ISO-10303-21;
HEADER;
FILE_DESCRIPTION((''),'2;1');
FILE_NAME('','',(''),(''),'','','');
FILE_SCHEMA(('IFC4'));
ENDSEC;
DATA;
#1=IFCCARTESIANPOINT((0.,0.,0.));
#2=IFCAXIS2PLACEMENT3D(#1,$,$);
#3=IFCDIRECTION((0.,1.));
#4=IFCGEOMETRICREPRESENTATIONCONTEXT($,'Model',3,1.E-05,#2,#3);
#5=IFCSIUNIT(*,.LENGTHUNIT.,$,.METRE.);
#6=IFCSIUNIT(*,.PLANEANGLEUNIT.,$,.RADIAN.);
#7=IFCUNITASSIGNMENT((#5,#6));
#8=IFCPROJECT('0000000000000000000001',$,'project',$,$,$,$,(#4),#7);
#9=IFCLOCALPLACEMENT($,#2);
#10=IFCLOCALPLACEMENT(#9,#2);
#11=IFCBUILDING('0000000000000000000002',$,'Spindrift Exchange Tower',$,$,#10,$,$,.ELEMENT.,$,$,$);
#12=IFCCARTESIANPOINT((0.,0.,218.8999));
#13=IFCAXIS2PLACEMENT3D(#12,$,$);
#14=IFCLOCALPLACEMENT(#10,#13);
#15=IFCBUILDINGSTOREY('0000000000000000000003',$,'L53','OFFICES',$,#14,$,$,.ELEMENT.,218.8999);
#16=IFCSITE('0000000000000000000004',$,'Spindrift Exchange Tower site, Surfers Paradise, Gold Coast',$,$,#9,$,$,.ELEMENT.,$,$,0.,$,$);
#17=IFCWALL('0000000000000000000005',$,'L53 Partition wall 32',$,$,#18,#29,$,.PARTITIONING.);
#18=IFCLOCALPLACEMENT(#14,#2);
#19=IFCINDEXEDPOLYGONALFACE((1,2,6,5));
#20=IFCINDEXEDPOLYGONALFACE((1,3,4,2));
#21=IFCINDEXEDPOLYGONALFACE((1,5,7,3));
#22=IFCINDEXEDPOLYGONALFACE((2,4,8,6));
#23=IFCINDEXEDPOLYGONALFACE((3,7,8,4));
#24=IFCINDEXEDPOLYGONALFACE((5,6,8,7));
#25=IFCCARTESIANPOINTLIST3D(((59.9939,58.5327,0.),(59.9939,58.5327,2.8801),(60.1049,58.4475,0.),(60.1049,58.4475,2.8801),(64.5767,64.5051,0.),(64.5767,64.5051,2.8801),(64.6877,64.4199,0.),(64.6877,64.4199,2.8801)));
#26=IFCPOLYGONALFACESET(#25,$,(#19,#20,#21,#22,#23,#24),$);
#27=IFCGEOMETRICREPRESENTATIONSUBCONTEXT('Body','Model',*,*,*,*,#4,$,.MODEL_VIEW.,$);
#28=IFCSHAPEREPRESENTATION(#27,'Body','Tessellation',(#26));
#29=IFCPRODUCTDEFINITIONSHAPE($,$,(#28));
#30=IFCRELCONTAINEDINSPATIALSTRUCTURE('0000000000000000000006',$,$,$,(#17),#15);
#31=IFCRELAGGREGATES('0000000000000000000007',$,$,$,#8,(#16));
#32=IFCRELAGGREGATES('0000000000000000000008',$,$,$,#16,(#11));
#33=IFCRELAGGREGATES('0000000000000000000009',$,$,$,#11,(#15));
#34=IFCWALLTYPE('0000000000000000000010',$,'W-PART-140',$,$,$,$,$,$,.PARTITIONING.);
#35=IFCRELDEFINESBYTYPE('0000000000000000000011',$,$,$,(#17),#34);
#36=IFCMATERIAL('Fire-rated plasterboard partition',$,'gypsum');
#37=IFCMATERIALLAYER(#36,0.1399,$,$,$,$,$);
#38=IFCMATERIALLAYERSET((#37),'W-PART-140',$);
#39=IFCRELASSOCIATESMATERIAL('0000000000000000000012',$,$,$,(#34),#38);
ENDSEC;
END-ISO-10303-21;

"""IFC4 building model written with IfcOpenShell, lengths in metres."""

from ifc_helpers import new_model, si_unit, direction, frame, frame_2d, origin, place, context, subcontext, project, spatial, rectangle, extrude, material, layer, layer_set, type_object, element, save


model = new_model("IFC4")

# Units and contexts
model_context = context("Model", 3, precision=1e-05, world=origin(), true_north=direction((0.0, 1.0)))
body_context = subcontext(model_context, "Body", "Model", "MODEL_VIEW")
ifc_project = project(units=[si_unit("LENGTHUNIT", "METRE"), si_unit("PLANEANGLEUNIT", "RADIAN")], contexts=[model_context])

# Site, building, storey
site_placement = place(None, origin())
site = spatial("IfcSite", under=ifc_project, at=site_placement, Name="Spindrift Exchange Tower site, Surfers Paradise, Gold Coast", CompositionType="ELEMENT", RefElevation=0.0)
building_placement = place(site_placement, origin())
building = spatial("IfcBuilding", under=site, at=building_placement, Name="Spindrift Exchange Tower", CompositionType="ELEMENT")
storey_placement = place(building_placement, frame((0.0, 0.0, 218.8999)))
storey = spatial("IfcBuildingStorey", under=building, at=storey_placement, Name="L53", Description="OFFICES", CompositionType="ELEMENT", Elevation=218.8999)

# Shared definitions
ifc_material_1 = material(Name="Fire-rated plasterboard partition", Category="gypsum")

# Wall
ifc_layer_1 = layer(ifc_material_1, 0.1399)
ifc_layer_set_1 = layer_set([ifc_layer_1], Name="W-PART-140")
wall_type_1 = type_object("IfcWallType", Name="W-PART-140", PredefinedType="PARTITIONING", material=ifc_layer_set_1)
wall_1_placement = place(storey_placement, frame((60.0493, 58.49, 0.0), z_axis=(0.0, 0.0, 1.0), x_axis=(0.608759, 0.793355, 0.0)))
element("IfcWall", 1, at=wall_1_placement, inside=storey, type_object=wall_type_1, Name="L53 Partition wall 32", PredefinedType="PARTITIONING", context=body_context, shape_type="SweptSolid", body=[
    extrude(rectangle(XDim=7.5281, YDim=0.1399, at=frame_2d((3.7642, 0.0))), origin(), (0.0, 0.0, 1.0), 2.8801),
])

save(model, "model.ifc")
